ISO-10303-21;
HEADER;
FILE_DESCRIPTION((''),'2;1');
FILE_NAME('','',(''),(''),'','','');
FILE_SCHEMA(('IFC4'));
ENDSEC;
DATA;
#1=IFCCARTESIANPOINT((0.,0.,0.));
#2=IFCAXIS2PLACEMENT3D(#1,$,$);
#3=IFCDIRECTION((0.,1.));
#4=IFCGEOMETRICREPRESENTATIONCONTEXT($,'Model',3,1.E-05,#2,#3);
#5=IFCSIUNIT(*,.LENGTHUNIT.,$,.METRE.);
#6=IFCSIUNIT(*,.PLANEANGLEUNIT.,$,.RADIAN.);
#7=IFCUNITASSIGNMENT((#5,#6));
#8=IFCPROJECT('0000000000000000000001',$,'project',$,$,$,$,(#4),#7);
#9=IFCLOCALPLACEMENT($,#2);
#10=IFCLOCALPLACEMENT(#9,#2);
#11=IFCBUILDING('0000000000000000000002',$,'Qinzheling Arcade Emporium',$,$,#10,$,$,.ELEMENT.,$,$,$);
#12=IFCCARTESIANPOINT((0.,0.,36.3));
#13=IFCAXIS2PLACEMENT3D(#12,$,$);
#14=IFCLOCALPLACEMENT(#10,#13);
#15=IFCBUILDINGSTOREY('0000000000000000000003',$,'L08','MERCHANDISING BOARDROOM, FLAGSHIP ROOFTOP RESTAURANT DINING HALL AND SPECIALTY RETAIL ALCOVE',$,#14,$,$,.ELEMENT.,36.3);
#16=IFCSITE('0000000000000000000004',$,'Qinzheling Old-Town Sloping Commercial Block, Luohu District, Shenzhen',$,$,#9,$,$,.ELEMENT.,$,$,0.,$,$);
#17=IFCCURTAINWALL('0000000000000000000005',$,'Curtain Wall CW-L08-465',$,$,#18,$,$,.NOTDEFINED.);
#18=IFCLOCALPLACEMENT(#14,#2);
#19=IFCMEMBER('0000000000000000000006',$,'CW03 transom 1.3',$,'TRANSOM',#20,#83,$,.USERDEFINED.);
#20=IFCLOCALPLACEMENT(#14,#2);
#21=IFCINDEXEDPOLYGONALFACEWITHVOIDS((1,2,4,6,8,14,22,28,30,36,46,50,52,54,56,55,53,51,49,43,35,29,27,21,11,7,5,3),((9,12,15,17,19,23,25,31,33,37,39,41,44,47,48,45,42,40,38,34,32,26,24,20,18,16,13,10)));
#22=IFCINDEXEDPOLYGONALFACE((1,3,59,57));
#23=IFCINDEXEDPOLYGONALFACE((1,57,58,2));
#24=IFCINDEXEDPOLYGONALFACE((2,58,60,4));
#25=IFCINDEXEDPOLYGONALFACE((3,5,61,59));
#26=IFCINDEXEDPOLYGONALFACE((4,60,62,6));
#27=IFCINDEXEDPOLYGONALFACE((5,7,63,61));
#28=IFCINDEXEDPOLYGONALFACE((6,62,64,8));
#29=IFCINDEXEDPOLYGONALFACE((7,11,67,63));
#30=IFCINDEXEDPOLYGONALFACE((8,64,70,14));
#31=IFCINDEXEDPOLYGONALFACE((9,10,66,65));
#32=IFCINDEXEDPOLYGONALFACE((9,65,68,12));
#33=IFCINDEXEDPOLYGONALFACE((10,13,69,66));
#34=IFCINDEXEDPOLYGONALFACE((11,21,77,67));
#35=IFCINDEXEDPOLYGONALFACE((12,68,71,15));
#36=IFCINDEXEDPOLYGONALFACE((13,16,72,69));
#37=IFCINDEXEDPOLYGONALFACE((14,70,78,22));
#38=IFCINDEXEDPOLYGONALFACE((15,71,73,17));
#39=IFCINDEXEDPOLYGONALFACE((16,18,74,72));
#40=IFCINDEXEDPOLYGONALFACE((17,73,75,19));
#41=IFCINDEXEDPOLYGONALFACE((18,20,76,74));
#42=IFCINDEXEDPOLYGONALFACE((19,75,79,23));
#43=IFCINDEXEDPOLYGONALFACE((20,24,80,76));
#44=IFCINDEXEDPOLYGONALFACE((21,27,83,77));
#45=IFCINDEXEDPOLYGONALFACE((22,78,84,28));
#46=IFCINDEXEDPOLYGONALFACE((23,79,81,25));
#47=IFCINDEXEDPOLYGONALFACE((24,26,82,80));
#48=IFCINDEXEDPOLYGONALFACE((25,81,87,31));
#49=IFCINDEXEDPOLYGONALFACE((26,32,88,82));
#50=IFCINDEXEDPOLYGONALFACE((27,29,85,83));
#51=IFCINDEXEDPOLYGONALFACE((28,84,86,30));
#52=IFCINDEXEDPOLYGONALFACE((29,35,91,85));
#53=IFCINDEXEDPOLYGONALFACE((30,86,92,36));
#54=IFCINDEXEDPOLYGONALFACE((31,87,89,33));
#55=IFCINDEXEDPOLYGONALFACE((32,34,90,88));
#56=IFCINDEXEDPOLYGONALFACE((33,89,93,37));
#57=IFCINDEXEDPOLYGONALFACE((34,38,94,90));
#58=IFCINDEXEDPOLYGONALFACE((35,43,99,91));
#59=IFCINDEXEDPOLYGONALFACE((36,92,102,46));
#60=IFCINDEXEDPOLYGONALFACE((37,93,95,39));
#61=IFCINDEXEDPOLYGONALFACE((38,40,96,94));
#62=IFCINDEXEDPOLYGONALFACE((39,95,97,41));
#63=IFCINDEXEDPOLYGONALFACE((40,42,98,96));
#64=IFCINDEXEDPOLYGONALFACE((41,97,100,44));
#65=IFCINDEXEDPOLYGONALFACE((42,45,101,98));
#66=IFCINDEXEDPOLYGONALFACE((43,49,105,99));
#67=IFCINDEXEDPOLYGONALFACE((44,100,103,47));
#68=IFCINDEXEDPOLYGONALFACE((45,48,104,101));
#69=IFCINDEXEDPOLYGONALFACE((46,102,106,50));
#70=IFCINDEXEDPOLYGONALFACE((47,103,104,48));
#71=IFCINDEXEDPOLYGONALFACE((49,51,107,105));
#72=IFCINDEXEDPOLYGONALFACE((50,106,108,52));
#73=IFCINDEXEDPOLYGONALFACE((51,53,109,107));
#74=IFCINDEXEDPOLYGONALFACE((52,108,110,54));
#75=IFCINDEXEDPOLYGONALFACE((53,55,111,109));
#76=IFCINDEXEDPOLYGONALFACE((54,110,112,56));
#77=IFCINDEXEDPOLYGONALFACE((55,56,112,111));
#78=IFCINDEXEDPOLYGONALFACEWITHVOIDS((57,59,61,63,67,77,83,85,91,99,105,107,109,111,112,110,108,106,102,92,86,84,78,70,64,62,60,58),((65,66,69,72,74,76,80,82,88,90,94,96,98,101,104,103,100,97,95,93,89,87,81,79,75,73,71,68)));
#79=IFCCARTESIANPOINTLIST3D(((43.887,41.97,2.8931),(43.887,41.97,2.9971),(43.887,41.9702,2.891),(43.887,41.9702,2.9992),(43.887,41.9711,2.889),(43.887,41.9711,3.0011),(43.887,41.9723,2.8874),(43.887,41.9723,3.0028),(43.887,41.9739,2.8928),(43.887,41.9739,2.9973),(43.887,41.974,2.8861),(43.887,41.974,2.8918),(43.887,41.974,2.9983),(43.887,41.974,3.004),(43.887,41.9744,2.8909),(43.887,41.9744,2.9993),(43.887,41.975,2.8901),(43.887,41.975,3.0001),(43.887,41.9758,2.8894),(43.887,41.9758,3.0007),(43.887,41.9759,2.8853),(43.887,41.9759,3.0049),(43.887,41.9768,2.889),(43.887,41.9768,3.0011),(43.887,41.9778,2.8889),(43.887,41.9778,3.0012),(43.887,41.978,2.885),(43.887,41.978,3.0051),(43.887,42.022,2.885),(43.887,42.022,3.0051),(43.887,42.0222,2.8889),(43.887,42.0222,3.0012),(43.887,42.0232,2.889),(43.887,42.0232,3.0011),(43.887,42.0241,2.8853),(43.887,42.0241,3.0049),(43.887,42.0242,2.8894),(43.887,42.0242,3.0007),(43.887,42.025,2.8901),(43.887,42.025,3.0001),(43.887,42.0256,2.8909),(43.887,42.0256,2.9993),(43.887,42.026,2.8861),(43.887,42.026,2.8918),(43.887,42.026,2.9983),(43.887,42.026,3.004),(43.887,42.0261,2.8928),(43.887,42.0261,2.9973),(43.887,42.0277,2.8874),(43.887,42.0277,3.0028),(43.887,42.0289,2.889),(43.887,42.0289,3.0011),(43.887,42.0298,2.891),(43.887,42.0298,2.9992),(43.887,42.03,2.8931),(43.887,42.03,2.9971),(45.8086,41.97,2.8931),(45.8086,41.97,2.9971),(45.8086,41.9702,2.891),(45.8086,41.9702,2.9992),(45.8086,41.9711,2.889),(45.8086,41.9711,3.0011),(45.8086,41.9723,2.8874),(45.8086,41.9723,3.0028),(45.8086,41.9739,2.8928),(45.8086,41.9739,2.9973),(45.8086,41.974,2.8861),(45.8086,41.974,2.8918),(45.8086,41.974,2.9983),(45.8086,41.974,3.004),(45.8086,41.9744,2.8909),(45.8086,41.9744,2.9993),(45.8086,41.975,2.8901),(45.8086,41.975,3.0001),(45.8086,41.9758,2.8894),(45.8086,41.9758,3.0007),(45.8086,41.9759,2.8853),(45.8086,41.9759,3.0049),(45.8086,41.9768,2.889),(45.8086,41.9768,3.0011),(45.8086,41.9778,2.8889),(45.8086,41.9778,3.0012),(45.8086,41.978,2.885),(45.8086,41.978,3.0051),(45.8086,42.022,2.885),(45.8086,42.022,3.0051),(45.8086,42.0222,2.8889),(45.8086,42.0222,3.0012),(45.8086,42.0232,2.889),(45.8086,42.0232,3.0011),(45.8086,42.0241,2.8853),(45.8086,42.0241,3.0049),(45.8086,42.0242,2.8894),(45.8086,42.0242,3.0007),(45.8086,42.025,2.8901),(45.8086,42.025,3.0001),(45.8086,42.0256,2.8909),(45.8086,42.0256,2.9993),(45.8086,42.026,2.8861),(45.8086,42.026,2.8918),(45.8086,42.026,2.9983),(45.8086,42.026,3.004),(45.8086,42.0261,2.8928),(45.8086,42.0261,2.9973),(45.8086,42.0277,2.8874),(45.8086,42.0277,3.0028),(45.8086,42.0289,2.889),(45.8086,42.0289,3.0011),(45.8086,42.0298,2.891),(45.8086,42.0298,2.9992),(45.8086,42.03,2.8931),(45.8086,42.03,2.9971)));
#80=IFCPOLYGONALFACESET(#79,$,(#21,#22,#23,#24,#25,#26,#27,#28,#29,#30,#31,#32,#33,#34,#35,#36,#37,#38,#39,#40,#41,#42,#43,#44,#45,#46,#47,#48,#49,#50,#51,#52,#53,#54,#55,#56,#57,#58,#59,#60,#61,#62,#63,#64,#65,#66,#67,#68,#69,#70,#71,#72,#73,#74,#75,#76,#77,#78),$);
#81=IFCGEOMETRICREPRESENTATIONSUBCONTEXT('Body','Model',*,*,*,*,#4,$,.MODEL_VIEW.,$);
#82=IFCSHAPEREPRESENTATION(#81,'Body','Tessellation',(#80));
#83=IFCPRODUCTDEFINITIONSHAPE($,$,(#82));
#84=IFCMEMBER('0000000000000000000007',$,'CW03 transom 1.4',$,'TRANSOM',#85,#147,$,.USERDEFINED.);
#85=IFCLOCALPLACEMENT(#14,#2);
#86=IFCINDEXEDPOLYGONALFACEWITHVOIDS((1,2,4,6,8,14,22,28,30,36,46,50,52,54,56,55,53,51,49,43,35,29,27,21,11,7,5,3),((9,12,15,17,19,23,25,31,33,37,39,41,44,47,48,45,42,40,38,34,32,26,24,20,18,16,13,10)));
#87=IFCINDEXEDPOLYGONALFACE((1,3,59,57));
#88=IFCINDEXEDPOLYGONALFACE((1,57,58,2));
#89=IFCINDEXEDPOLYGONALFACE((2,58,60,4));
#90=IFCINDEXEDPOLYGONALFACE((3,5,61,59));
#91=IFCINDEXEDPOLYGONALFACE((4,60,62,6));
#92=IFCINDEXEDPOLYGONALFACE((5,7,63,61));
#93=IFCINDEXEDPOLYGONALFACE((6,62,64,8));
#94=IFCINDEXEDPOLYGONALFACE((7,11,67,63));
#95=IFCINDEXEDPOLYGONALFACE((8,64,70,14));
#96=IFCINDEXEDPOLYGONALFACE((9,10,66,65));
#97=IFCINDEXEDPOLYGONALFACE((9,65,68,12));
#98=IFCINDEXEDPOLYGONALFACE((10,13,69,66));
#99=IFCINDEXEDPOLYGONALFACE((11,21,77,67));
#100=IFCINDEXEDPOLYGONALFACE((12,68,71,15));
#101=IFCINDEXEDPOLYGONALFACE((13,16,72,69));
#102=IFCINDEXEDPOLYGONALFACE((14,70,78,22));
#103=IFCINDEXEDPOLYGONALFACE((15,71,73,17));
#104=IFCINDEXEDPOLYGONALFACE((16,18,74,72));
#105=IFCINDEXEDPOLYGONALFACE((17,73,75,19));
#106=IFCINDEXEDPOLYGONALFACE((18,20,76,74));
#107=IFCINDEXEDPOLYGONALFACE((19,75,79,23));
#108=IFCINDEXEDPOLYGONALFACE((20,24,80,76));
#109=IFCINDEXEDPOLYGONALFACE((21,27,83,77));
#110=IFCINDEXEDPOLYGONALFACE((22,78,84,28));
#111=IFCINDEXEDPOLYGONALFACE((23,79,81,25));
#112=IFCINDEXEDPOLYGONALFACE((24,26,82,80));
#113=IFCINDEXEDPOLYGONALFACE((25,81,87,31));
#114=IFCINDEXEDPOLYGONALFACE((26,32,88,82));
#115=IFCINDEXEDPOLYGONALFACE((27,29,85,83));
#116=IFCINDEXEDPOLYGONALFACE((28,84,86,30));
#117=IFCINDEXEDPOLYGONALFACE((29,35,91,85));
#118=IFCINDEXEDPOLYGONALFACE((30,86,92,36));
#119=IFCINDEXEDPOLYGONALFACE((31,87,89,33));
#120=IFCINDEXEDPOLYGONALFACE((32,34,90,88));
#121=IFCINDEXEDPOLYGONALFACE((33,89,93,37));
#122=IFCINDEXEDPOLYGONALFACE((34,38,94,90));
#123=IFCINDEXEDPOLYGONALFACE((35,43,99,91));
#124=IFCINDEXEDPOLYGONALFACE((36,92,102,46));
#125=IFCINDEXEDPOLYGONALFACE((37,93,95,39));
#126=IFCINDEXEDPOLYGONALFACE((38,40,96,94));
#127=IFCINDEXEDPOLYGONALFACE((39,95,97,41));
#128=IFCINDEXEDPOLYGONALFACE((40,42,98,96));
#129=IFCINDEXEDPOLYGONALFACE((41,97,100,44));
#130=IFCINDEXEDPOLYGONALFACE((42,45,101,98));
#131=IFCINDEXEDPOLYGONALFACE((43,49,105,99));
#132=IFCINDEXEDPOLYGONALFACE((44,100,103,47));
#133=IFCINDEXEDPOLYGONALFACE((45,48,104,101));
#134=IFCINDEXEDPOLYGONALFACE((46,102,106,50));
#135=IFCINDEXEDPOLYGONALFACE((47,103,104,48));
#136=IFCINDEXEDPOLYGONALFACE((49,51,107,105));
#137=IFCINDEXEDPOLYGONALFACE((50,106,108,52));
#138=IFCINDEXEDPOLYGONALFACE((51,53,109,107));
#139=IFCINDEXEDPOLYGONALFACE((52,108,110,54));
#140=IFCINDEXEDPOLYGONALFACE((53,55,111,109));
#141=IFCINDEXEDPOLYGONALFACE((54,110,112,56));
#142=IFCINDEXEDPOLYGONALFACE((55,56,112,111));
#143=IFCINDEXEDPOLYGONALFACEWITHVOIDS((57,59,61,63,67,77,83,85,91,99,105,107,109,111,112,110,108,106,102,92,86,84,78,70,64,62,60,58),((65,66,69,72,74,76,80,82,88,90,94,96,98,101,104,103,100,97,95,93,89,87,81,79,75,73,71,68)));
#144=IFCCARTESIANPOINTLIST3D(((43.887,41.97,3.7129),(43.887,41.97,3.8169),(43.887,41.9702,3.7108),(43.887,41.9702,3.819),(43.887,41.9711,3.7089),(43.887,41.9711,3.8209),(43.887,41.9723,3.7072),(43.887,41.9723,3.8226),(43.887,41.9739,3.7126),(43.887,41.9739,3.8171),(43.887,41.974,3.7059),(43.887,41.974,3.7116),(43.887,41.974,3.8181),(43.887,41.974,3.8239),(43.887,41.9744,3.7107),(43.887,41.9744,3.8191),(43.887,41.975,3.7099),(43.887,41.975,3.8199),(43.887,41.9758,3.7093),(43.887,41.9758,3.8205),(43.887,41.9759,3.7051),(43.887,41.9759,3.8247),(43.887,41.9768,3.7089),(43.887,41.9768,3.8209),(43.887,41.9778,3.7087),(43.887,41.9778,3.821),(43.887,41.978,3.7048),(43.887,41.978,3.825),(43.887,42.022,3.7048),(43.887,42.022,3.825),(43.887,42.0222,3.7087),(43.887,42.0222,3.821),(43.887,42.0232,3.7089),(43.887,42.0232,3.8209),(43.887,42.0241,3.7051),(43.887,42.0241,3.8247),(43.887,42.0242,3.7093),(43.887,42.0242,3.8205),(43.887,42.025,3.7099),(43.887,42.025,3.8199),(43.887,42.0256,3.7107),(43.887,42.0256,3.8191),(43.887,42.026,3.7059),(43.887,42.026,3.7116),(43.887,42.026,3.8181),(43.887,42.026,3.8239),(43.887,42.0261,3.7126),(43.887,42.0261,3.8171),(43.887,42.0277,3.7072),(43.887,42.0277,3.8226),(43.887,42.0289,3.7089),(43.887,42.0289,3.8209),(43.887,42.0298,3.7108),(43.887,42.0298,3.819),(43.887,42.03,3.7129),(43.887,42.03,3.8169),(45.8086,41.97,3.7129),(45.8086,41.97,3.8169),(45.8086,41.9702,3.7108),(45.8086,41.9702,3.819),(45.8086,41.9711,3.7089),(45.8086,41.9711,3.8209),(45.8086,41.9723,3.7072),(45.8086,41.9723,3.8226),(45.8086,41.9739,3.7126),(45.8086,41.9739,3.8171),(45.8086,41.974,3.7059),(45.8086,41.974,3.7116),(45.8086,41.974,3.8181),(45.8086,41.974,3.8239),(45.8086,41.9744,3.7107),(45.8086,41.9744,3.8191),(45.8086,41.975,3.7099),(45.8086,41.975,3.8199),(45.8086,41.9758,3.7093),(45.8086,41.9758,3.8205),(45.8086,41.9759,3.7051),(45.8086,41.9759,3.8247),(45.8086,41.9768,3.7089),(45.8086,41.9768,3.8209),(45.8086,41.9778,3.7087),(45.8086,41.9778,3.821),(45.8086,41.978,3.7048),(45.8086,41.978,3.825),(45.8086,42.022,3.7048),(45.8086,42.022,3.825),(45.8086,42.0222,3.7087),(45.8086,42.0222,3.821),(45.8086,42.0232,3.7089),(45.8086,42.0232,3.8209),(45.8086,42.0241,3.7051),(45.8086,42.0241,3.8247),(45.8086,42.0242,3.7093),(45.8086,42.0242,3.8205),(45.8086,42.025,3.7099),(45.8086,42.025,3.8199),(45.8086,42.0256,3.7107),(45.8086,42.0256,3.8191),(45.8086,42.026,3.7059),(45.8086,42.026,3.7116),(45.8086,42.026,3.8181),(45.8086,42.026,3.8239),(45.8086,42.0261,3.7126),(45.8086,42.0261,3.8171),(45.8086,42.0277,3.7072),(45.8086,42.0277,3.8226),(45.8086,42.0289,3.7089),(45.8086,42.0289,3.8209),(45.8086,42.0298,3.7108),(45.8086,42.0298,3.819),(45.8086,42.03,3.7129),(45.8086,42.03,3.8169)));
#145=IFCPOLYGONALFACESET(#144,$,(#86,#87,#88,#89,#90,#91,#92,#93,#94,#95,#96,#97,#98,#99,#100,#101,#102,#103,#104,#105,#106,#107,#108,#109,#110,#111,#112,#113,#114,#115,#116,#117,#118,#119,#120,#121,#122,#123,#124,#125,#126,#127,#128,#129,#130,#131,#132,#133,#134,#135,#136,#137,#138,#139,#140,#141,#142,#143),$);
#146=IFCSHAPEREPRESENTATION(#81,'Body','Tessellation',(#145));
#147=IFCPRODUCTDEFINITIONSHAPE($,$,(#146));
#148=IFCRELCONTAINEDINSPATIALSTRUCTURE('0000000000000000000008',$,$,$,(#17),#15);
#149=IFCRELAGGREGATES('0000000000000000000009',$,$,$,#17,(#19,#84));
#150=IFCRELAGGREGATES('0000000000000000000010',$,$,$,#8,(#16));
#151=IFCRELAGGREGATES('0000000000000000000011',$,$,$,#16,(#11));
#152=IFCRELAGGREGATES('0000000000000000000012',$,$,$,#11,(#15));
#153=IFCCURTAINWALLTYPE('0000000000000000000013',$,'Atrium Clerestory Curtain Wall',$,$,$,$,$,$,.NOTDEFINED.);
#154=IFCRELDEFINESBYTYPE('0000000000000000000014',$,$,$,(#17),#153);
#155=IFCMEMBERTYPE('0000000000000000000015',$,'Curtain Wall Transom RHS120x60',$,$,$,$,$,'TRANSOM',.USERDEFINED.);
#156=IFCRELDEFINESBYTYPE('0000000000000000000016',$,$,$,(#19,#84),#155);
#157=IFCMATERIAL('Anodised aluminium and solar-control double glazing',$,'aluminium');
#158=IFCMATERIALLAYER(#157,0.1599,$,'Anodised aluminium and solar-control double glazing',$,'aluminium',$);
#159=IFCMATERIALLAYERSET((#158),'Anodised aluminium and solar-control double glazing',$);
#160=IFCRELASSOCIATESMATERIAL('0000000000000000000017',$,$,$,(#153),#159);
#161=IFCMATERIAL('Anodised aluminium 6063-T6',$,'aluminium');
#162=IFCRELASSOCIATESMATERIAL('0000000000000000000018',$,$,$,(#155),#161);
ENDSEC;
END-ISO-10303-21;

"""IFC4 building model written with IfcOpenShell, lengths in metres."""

from ifc_helpers import new_model, si_unit, direction, frame, origin, origin_2d, place, context, subcontext, project, spatial, hollow_rectangle, extrude, material, layer, layer_set, material_profile, profile_set, type_object, element, aggregate, save


model = new_model("IFC4")

# Units and contexts
model_context = context("Model", 3, precision=1e-05, world=origin(), true_north=direction((0.0, 1.0)))
body_context = subcontext(model_context, "Body", "Model", "MODEL_VIEW")
ifc_project = project(units=[si_unit("LENGTHUNIT", "METRE"), si_unit("PLANEANGLEUNIT", "RADIAN")], contexts=[model_context])

# Site, building, storey
site_placement = place(None, origin())
site = spatial("IfcSite", under=ifc_project, at=site_placement, Name="Qinzheling Old-Town Sloping Commercial Block, Luohu District, Shenzhen", CompositionType="ELEMENT", RefElevation=0.0)
building_placement = place(site_placement, origin())
building = spatial("IfcBuilding", under=site, at=building_placement, Name="Qinzheling Arcade Emporium", CompositionType="ELEMENT")
storey_placement = place(building_placement, frame((0.0, 0.0, 36.3)))
storey = spatial("IfcBuildingStorey", under=building, at=storey_placement, Name="L08", Description="MERCHANDISING BOARDROOM, FLAGSHIP ROOFTOP RESTAURANT DINING HALL AND SPECIALTY RETAIL ALCOVE", CompositionType="ELEMENT", Elevation=36.3)

# Curtain wall
ifc_material_1 = material(Name="Anodised aluminium and solar-control double glazing", Category="aluminium")
ifc_layer_1 = layer(ifc_material_1, 0.1599, Name="Anodised aluminium and solar-control double glazing", Category="aluminium")
ifc_layer_set_1 = layer_set([ifc_layer_1], Name="Anodised aluminium and solar-control double glazing")
curtain_wall_type = type_object("IfcCurtainWallType", Name="Atrium Clerestory Curtain Wall", PredefinedType="NOTDEFINED", material=ifc_layer_set_1)
ifc_material_2 = material(Name="Anodised aluminium 6063-T6", Category="aluminium")
curtain_wall_1_placement = place(storey_placement, origin())
curtain_wall_1 = element("IfcCurtainWall", 1, at=curtain_wall_1_placement, inside=storey, type_object=curtain_wall_type, Name="Curtain Wall CW-L08-465", PredefinedType="NOTDEFINED")

# Members
ifc_material_profile_1 = material_profile(ifc_material_2, hollow_rectangle(XDim=0.0601, YDim=0.1201, WallThickness=0.0039, InnerFilletRadius=0.0039, OuterFilletRadius=0.0081, at=origin_2d()), Name="RHS 120x60x4", Category="aluminium")
ifc_profile_set_1 = profile_set([ifc_material_profile_1], Name="Anodised aluminium 6063-T6")
member_type_1 = type_object("IfcMemberType", Name="Curtain Wall Transom RHS120x60", ElementType="TRANSOM", PredefinedType="USERDEFINED", material=ifc_profile_set_1)
member_1_placement = place(storey_placement, frame((43.887, 42.0, 2.9451), z_axis=(1.0, 0.0, 0.0), x_axis=(0.0, 1.0, 0.0)))
member_1 = element("IfcMember", 2, at=member_1_placement, type_object=member_type_1, Name="CW03 transom 1.3", ObjectType="TRANSOM", PredefinedType="USERDEFINED", context=body_context, shape_type="SweptSolid", body=[
    extrude(hollow_rectangle(XDim=0.0601, YDim=0.1201, WallThickness=0.0039, InnerFilletRadius=0.0039, OuterFilletRadius=0.0081, at=origin_2d()), origin(), (0.0, 0.0, 1.0), 1.9216),
])
member_2_placement = place(storey_placement, frame((43.887, 42.0, 3.7649), z_axis=(1.0, 0.0, 0.0), x_axis=(0.0, 1.0, 0.0)))
member_2 = element("IfcMember", 3, at=member_2_placement, type_object=member_type_1, Name="CW03 transom 1.4", ObjectType="TRANSOM", PredefinedType="USERDEFINED", context=body_context, shape_type="SweptSolid", body=[
    extrude(hollow_rectangle(XDim=0.0601, YDim=0.1201, WallThickness=0.0039, InnerFilletRadius=0.0039, OuterFilletRadius=0.0081, at=origin_2d()), origin(), (0.0, 0.0, 1.0), 1.9216),
])

aggregate(curtain_wall_1, [member_1, member_2])

save(model, "model.ifc")
